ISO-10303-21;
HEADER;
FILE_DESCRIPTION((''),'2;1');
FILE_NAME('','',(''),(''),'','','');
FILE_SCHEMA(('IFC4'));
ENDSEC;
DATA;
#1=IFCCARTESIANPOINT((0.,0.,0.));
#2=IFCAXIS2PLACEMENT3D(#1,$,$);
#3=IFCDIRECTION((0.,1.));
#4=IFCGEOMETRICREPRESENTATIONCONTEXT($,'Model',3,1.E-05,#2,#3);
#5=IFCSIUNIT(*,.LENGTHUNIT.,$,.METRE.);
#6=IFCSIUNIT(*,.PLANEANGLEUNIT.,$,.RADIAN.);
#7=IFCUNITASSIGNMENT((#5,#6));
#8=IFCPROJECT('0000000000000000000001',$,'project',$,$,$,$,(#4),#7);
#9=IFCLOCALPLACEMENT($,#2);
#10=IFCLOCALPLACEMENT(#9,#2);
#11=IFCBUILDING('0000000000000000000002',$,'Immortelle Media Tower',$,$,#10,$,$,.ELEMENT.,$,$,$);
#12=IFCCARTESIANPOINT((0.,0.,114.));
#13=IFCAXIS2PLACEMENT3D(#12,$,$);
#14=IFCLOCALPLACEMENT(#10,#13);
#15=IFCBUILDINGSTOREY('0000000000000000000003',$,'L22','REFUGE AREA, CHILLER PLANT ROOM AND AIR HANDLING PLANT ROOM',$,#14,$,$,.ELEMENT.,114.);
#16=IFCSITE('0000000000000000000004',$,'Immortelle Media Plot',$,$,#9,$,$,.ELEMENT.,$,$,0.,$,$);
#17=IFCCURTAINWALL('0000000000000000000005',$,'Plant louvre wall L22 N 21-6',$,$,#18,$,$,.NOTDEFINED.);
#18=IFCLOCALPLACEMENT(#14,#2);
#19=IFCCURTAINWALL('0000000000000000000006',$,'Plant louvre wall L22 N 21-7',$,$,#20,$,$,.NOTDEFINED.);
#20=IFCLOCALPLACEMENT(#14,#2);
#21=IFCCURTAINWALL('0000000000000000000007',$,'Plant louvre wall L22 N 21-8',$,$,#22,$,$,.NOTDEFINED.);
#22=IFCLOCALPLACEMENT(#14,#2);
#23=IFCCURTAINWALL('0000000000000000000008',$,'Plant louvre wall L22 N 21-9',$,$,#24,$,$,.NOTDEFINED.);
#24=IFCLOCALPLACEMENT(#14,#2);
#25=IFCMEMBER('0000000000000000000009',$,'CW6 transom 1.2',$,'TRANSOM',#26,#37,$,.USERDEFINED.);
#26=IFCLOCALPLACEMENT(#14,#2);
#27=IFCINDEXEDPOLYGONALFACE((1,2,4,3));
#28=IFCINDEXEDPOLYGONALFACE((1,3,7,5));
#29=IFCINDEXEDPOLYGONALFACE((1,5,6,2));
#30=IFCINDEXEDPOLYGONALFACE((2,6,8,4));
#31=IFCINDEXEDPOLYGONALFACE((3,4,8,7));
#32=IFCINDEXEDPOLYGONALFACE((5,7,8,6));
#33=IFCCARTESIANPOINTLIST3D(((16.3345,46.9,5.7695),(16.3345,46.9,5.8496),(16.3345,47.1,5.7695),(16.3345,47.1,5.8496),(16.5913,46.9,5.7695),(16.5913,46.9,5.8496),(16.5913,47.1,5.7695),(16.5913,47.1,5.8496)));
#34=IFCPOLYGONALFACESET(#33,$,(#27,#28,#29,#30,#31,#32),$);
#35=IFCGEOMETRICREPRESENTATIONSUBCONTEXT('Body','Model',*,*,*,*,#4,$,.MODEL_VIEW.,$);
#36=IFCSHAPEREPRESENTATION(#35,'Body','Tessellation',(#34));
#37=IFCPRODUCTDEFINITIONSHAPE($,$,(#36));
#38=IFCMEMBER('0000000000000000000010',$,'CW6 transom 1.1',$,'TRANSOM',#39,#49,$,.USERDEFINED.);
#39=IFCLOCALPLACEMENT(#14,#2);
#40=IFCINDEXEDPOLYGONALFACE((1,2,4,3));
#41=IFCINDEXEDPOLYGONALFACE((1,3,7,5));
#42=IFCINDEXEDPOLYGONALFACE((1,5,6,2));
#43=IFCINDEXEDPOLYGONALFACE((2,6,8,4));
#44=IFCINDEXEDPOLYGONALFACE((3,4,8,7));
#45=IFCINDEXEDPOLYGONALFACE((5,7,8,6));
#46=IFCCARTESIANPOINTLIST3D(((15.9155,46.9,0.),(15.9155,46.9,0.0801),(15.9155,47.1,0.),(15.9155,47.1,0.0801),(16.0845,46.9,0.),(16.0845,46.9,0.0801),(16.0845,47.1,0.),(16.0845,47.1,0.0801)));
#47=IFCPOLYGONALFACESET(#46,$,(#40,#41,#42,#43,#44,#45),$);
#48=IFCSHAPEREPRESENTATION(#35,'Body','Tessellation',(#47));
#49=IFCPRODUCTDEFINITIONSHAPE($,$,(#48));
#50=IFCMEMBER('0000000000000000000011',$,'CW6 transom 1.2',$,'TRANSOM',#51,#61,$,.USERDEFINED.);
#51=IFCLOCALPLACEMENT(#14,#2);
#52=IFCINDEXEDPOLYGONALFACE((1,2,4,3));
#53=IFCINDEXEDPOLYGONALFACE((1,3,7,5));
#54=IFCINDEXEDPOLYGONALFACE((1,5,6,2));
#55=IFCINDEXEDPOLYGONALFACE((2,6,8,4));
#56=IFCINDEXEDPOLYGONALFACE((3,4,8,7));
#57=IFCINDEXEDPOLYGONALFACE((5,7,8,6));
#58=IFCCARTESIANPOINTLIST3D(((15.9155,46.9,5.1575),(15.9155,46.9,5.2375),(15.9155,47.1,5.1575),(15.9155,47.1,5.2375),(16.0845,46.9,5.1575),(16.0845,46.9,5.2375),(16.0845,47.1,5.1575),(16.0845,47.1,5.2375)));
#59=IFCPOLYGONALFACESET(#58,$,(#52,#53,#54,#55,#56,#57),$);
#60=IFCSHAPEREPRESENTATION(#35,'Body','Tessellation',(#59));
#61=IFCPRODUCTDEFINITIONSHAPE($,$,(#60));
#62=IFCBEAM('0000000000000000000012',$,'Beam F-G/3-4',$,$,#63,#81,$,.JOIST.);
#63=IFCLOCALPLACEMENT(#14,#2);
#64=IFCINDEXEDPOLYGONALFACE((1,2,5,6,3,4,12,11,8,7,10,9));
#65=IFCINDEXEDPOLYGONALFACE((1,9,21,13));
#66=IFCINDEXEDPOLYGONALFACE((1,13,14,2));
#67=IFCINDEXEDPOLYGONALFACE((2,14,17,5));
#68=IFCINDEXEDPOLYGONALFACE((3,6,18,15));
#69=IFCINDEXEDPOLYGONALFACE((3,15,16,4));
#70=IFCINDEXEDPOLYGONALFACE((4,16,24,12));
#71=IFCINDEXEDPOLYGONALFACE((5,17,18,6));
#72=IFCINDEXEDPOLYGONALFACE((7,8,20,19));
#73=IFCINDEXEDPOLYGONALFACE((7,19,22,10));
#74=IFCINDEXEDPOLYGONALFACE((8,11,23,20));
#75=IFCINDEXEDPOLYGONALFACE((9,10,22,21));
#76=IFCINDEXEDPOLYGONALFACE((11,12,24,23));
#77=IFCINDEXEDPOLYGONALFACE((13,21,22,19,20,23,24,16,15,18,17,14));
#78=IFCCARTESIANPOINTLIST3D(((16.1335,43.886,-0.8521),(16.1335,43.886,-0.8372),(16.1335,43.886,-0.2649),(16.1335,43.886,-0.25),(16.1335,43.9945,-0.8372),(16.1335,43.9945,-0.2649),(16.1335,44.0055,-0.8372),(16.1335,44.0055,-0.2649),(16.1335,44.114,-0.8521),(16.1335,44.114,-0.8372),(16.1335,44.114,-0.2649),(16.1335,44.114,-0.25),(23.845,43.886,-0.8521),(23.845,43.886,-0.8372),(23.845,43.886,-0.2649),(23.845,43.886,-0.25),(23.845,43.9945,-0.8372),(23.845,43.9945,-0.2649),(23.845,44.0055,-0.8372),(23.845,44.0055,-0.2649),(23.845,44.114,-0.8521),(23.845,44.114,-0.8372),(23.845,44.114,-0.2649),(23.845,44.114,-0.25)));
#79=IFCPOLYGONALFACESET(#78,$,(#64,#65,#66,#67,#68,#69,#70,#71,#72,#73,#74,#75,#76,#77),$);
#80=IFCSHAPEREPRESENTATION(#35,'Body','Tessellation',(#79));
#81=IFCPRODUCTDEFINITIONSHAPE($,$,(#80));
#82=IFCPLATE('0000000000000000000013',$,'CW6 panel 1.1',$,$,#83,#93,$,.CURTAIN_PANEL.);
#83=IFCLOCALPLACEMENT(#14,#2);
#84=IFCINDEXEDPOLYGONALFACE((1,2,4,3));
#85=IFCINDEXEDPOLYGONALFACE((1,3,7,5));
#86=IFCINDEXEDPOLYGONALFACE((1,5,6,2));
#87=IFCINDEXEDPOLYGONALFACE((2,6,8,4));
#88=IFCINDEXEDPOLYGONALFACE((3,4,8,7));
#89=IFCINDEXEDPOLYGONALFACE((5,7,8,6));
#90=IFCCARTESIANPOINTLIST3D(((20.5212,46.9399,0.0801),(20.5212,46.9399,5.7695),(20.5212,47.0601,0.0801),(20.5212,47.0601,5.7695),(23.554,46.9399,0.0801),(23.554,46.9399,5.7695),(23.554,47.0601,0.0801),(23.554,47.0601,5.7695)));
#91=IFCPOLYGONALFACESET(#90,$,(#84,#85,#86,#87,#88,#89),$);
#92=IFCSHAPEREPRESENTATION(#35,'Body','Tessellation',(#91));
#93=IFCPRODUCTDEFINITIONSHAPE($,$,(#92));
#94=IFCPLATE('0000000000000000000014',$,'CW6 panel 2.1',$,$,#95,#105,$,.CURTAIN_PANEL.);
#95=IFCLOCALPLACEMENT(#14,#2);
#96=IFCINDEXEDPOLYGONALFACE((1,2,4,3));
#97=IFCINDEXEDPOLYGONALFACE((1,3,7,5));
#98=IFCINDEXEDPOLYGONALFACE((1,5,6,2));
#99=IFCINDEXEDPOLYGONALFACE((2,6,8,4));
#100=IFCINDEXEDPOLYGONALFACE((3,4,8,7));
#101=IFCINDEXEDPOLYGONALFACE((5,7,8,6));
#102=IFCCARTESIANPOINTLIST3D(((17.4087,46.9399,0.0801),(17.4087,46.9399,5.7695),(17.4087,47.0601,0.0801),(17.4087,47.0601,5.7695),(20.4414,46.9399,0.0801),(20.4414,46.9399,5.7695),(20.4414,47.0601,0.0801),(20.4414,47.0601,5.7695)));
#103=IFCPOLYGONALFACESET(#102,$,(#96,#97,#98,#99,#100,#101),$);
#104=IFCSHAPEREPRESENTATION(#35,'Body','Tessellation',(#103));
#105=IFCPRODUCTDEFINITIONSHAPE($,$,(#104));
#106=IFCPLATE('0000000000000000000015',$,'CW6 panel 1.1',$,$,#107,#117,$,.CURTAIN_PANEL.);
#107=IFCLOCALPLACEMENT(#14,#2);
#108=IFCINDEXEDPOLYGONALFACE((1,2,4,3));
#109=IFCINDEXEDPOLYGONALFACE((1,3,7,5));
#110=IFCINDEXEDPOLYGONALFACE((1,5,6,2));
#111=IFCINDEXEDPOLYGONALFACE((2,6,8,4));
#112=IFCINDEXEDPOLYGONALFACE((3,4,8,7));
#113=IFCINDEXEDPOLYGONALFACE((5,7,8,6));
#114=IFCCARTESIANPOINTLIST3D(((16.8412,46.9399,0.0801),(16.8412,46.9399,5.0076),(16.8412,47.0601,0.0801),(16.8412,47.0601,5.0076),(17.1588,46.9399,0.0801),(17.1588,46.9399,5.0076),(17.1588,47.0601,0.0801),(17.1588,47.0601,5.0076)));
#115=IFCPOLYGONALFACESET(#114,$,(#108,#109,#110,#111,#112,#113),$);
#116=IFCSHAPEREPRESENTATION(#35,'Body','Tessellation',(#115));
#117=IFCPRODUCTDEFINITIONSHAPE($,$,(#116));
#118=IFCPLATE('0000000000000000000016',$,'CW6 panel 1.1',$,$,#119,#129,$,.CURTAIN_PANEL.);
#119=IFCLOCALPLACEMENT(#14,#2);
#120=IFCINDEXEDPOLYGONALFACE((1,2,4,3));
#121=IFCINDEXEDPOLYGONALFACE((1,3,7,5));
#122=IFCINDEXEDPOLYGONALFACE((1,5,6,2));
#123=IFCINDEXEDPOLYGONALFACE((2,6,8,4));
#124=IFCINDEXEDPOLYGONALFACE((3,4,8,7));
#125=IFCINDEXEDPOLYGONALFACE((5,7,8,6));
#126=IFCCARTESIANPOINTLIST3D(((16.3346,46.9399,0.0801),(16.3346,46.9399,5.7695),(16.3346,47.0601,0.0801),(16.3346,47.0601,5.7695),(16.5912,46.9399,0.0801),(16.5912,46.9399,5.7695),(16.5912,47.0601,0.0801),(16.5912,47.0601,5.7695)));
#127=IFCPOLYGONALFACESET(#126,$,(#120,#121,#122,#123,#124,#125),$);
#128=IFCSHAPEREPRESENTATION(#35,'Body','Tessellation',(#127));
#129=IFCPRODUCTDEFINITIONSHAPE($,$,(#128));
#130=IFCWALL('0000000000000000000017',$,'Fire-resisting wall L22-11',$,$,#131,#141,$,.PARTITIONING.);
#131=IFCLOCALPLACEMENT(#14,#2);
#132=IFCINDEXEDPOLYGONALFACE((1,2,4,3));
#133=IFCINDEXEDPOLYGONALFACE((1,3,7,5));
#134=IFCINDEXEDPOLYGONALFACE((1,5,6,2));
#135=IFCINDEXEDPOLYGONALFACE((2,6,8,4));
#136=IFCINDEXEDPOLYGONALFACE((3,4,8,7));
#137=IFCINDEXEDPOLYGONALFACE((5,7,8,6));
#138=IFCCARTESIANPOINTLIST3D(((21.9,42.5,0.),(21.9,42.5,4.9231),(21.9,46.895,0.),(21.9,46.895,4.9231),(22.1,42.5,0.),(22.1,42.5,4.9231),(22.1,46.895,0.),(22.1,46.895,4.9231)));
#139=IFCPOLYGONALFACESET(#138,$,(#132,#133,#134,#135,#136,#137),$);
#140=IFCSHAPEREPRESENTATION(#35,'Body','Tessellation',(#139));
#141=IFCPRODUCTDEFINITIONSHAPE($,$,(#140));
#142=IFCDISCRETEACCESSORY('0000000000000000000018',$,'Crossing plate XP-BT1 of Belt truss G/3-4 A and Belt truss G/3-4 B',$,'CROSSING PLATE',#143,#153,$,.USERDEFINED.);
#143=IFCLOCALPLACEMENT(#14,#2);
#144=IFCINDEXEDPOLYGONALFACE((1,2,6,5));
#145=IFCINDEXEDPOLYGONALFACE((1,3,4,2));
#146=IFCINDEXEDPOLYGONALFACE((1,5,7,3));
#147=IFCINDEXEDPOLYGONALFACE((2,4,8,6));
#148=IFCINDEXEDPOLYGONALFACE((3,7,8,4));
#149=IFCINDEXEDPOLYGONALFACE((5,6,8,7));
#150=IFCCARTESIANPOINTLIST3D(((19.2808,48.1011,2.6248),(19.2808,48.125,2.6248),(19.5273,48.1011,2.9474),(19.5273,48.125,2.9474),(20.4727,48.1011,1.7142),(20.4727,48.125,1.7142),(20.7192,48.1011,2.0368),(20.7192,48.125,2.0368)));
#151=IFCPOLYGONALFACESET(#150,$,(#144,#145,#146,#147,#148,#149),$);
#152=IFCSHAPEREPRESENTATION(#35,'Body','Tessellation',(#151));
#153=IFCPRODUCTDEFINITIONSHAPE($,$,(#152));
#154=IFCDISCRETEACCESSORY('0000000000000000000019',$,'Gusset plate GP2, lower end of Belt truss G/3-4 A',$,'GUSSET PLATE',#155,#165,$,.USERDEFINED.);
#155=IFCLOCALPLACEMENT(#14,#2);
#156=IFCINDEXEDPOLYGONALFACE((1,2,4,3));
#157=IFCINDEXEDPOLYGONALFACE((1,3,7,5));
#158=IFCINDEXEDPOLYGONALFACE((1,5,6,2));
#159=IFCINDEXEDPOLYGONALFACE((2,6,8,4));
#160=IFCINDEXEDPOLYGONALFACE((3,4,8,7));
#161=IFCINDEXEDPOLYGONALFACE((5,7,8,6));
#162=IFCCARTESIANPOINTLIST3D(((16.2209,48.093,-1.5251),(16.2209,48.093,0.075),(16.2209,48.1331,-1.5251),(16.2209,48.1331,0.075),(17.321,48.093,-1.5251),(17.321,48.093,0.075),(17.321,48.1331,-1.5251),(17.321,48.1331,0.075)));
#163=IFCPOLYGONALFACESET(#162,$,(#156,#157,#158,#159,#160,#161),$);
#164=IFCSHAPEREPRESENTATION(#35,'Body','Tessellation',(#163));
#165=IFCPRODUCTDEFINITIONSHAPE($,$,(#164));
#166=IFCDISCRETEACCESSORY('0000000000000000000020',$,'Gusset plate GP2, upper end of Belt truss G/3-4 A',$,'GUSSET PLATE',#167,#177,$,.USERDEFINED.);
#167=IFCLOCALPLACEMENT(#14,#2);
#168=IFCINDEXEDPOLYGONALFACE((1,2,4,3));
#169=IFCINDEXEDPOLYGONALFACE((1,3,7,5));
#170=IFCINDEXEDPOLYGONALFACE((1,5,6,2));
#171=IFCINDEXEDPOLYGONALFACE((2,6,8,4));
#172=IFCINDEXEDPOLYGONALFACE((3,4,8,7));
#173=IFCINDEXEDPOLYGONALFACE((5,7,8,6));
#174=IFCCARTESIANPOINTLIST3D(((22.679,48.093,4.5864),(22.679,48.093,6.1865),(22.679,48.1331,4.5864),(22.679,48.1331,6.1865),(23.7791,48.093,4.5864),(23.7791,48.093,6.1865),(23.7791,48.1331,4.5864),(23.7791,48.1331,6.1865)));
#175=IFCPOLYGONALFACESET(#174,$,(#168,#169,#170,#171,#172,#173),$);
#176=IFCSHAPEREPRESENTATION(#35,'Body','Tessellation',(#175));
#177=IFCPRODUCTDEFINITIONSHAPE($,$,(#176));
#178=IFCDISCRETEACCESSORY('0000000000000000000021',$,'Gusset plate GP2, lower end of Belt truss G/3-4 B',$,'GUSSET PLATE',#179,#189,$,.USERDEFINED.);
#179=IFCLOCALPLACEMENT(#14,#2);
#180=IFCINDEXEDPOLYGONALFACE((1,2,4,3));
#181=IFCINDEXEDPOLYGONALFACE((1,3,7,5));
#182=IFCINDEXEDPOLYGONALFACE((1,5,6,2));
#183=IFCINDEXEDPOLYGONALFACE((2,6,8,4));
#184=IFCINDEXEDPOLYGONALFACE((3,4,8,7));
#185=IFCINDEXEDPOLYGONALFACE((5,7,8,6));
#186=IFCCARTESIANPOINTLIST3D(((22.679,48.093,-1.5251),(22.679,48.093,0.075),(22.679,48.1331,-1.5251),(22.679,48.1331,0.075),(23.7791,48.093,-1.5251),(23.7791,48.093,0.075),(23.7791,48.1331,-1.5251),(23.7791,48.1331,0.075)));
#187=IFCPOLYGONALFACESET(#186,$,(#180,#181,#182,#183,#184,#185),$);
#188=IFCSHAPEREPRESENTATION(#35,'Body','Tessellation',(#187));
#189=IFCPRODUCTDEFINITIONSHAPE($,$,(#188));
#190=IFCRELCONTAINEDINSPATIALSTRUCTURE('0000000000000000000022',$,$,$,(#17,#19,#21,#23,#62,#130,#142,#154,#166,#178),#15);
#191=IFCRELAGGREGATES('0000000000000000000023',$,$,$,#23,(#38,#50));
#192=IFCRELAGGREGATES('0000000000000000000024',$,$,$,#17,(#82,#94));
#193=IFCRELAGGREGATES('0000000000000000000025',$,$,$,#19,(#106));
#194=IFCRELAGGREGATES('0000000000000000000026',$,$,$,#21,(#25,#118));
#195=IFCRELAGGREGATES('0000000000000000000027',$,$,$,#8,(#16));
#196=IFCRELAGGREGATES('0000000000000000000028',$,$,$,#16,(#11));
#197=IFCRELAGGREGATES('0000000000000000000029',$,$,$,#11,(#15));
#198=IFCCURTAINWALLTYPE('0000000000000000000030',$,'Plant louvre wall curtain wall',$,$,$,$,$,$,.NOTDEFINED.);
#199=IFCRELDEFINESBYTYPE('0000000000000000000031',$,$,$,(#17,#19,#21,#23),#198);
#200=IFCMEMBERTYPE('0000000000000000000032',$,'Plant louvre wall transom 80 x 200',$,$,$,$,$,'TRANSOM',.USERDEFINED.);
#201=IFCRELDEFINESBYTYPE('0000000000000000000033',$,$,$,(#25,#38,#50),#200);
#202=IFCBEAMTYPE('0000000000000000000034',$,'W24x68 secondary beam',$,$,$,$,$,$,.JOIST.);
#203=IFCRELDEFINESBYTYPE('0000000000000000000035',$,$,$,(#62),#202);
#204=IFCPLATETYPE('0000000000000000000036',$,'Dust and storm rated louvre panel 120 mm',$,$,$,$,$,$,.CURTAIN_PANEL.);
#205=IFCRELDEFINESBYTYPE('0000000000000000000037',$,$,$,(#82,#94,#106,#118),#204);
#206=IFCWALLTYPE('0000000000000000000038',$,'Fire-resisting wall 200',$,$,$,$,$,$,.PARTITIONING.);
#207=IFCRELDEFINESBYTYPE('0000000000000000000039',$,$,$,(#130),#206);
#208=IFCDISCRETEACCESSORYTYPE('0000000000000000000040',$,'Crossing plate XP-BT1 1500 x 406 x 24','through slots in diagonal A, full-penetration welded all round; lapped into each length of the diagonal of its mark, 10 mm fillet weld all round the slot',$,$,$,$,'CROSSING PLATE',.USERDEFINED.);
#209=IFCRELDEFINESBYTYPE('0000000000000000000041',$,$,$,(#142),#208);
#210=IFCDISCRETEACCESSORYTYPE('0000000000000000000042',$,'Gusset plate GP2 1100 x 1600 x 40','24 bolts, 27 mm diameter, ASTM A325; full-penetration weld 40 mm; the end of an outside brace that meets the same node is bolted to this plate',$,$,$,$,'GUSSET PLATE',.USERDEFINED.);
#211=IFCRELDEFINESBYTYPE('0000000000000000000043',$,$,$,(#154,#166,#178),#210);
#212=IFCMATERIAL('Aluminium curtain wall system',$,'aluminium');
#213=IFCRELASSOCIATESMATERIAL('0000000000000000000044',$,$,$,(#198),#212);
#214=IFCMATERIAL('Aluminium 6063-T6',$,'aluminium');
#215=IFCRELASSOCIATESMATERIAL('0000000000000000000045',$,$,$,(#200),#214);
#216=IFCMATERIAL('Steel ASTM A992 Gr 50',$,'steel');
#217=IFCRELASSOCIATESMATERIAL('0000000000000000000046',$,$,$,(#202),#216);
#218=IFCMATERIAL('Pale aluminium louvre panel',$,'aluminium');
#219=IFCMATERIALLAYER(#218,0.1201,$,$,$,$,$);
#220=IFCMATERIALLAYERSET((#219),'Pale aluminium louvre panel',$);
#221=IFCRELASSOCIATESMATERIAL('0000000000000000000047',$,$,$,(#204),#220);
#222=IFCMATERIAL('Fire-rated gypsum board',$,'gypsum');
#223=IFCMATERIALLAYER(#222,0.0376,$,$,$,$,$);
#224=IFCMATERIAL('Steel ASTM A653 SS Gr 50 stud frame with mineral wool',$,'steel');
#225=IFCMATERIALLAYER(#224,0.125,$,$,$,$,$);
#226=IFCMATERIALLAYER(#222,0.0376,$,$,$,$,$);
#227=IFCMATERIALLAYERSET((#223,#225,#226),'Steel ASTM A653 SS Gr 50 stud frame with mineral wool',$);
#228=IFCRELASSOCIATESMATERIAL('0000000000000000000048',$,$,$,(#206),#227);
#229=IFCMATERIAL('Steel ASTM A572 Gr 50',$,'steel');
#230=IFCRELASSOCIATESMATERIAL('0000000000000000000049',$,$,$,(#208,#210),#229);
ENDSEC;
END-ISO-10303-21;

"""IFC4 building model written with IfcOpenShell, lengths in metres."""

from ifc_helpers import new_model, si_unit, direction, frame, frame_2d, origin, origin_2d, place, context, subcontext, project, spatial, rectangle, i_section, extrude, material, layer, layer_set, material_profile, profile_set, type_object, element, aggregate, save


model = new_model("IFC4")

# Units and contexts
model_context = context("Model", 3, precision=1e-05, world=origin(), true_north=direction((0.0, 1.0)))
body_context = subcontext(model_context, "Body", "Model", "MODEL_VIEW")
ifc_project = project(units=[si_unit("LENGTHUNIT", "METRE"), si_unit("PLANEANGLEUNIT", "RADIAN")], contexts=[model_context])

# Site, building, storey
site_placement = place(None, origin())
site = spatial("IfcSite", under=ifc_project, at=site_placement, Name="Immortelle Media Plot", CompositionType="ELEMENT", RefElevation=0.0)
building_placement = place(site_placement, origin())
building = spatial("IfcBuilding", under=site, at=building_placement, Name="Immortelle Media Tower", CompositionType="ELEMENT")
storey_placement = place(building_placement, frame((0.0, 0.0, 114.0)))
storey = spatial("IfcBuildingStorey", under=building, at=storey_placement, Name="L22", Description="REFUGE AREA, CHILLER PLANT ROOM AND AIR HANDLING PLANT ROOM", CompositionType="ELEMENT", Elevation=114.0)

# Curtain walls
ifc_material_1 = material(Name="Aluminium curtain wall system", Category="aluminium")
curtain_wall_type = type_object("IfcCurtainWallType", Name="Plant louvre wall curtain wall", PredefinedType="NOTDEFINED", material=ifc_material_1)
curtain_wall_1_placement = place(storey_placement, origin())
curtain_wall_1 = element("IfcCurtainWall", 1, at=curtain_wall_1_placement, inside=storey, type_object=curtain_wall_type, Name="Plant louvre wall L22 N 21-6", PredefinedType="NOTDEFINED")
ifc_material_2 = material(Name="Aluminium 6063-T6", Category="aluminium")
curtain_wall_2_placement = place(storey_placement, origin())
curtain_wall_2 = element("IfcCurtainWall", 2, at=curtain_wall_2_placement, inside=storey, type_object=curtain_wall_type, Name="Plant louvre wall L22 N 21-7", PredefinedType="NOTDEFINED")
curtain_wall_3_placement = place(storey_placement, origin())
curtain_wall_3 = element("IfcCurtainWall", 3, at=curtain_wall_3_placement, inside=storey, type_object=curtain_wall_type, Name="Plant louvre wall L22 N 21-8", PredefinedType="NOTDEFINED")

# Curtain wall
curtain_wall_4_placement = place(storey_placement, origin())
curtain_wall_4 = element("IfcCurtainWall", 4, at=curtain_wall_4_placement, inside=storey, type_object=curtain_wall_type, Name="Plant louvre wall L22 N 21-9", PredefinedType="NOTDEFINED")

# Members
ifc_material_profile_1 = material_profile(ifc_material_2, rectangle(XDim=0.2, YDim=0.0801, at=origin_2d()), Name="AL 80x200")
ifc_profile_set_1 = profile_set([ifc_material_profile_1], Name="Aluminium 6063-T6")
member_type_1 = type_object("IfcMemberType", Name="Plant louvre wall transom 80 x 200", ElementType="TRANSOM", PredefinedType="USERDEFINED", material=ifc_profile_set_1)
member_1_placement = place(storey_placement, frame((16.5913, 47.0, 5.8096), z_axis=(-1.0, 0.0, 0.0), x_axis=(0.0, -1.0, 0.0)))
member_1 = element("IfcMember", 5, at=member_1_placement, type_object=member_type_1, Name="CW6 transom 1.2", ObjectType="TRANSOM", PredefinedType="USERDEFINED", context=body_context, shape_type="SweptSolid", body=[
    extrude(rectangle(XDim=0.2, YDim=0.0801, at=origin_2d()), origin(), (0.0, 0.0, 1.0), 0.2568),
])
member_2_placement = place(storey_placement, frame((16.0845, 47.0, 0.04), z_axis=(-1.0, 0.0, 0.0), x_axis=(0.0, -1.0, 0.0)))
member_2 = element("IfcMember", 6, at=member_2_placement, type_object=member_type_1, Name="CW6 transom 1.1", ObjectType="TRANSOM", PredefinedType="USERDEFINED", context=body_context, shape_type="SweptSolid", body=[
    extrude(rectangle(XDim=0.2, YDim=0.0801, at=origin_2d()), origin(), (0.0, 0.0, 1.0), 0.1689),
])
member_3_placement = place(storey_placement, frame((16.0845, 47.0, 5.1975), z_axis=(-1.0, 0.0, 0.0), x_axis=(0.0, -1.0, 0.0)))
member_3 = element("IfcMember", 7, at=member_3_placement, type_object=member_type_1, Name="CW6 transom 1.2", ObjectType="TRANSOM", PredefinedType="USERDEFINED", context=body_context, shape_type="SweptSolid", body=[
    extrude(rectangle(XDim=0.2, YDim=0.0801, at=origin_2d()), origin(), (0.0, 0.0, 1.0), 0.1689),
])
aggregate(curtain_wall_4, [member_2, member_3])

# Beam
ifc_material_3 = material(Name="Steel ASTM A992 Gr 50", Category="steel")
ifc_material_profile_2 = material_profile(ifc_material_3, i_section(OverallWidth=0.228, OverallDepth=0.6021, WebThickness=0.011, FlangeThickness=0.0149, at=origin_2d()), Name="W24x68")
ifc_profile_set_2 = profile_set([ifc_material_profile_2], Name="Steel ASTM A992 Gr 50")
beam_type = type_object("IfcBeamType", Name="W24x68 secondary beam", PredefinedType="JOIST", material=ifc_profile_set_2)
beam_placement = place(storey_placement, frame((16.1335, 44.0, -0.551), z_axis=(1.0, 0.0, 0.0), x_axis=(0.0, 1.0, 0.0)))
element("IfcBeam", 8, at=beam_placement, inside=storey, type_object=beam_type, Name="Beam F-G/3-4", PredefinedType="JOIST", context=body_context, shape_type="SweptSolid", body=[
    extrude(i_section(OverallWidth=0.228, OverallDepth=0.6021, WebThickness=0.011, FlangeThickness=0.0149, at=origin_2d()), origin(), (0.0, 0.0, 1.0), 7.7114),
])

# Plates
ifc_material_4 = material(Name="Pale aluminium louvre panel", Category="aluminium")
ifc_layer_1 = layer(ifc_material_4, 0.1201)
ifc_layer_set_1 = layer_set([ifc_layer_1], Name="Pale aluminium louvre panel")
plate_type = type_object("IfcPlateType", Name="Dust and storm rated louvre panel 120 mm", PredefinedType="CURTAIN_PANEL", material=ifc_layer_set_1)
plate_1_placement = place(storey_placement, frame((22.0376, 47.0, 0.0801), z_axis=(0.0, 0.0, 1.0), x_axis=(-1.0, 0.0, 0.0)))
plate_1 = element("IfcPlate", 9, at=plate_1_placement, type_object=plate_type, Name="CW6 panel 1.1", PredefinedType="CURTAIN_PANEL", context=body_context, shape_type="SweptSolid", body=[
    extrude(rectangle(XDim=3.0327, YDim=0.1201, at=origin_2d()), origin(), (0.0, 0.0, 1.0), 5.6895),
])
plate_2_placement = place(storey_placement, frame((18.925, 47.0, 0.0801), z_axis=(0.0, 0.0, 1.0), x_axis=(-1.0, 0.0, 0.0)))
plate_2 = element("IfcPlate", 10, at=plate_2_placement, type_object=plate_type, Name="CW6 panel 2.1", PredefinedType="CURTAIN_PANEL", context=body_context, shape_type="SweptSolid", body=[
    extrude(rectangle(XDim=3.0327, YDim=0.1201, at=origin_2d()), origin(), (0.0, 0.0, 1.0), 5.6895),
])
aggregate(curtain_wall_1, [plate_1, plate_2])
plate_3_placement = place(storey_placement, frame((17.0, 47.0, 0.0801), z_axis=(0.0, 0.0, 1.0), x_axis=(-1.0, 0.0, 0.0)))
plate_3 = element("IfcPlate", 11, at=plate_3_placement, type_object=plate_type, Name="CW6 panel 1.1", PredefinedType="CURTAIN_PANEL", context=body_context, shape_type="SweptSolid", body=[
    extrude(rectangle(XDim=0.3176, YDim=0.1201, at=origin_2d()), origin(), (0.0, 0.0, 1.0), 4.9275),
])
aggregate(curtain_wall_2, [plate_3])
plate_4_placement = place(storey_placement, frame((16.4629, 47.0, 0.0801), z_axis=(0.0, 0.0, 1.0), x_axis=(-1.0, 0.0, 0.0)))
plate_4 = element("IfcPlate", 12, at=plate_4_placement, type_object=plate_type, Name="CW6 panel 1.1", PredefinedType="CURTAIN_PANEL", context=body_context, shape_type="SweptSolid", body=[
    extrude(rectangle(XDim=0.2566, YDim=0.1201, at=origin_2d()), origin(), (0.0, 0.0, 1.0), 5.6895),
])
aggregate(curtain_wall_3, [member_1, plate_4])

# Wall
ifc_material_5 = material(Name="Fire-rated gypsum board", Category="gypsum")
ifc_layer_2 = layer(ifc_material_5, 0.0376)
ifc_material_6 = material(Name="Steel ASTM A653 SS Gr 50 stud frame with mineral wool", Category="steel")
ifc_layer_3 = layer(ifc_material_6, 0.125)
ifc_layer_4 = layer(ifc_material_5, 0.0376)
ifc_layer_set_2 = layer_set([ifc_layer_2, ifc_layer_3, ifc_layer_4], Name="Steel ASTM A653 SS Gr 50 stud frame with mineral wool")
wall_type = type_object("IfcWallType", Name="Fire-resisting wall 200", PredefinedType="PARTITIONING", material=ifc_layer_set_2)
wall_placement = place(storey_placement, frame((22.0, 42.5, 0.0), z_axis=(0.0, 0.0, 1.0), x_axis=(0.0, 1.0, 0.0)))
element("IfcWall", 13, at=wall_placement, inside=storey, type_object=wall_type, Name="Fire-resisting wall L22-11", PredefinedType="PARTITIONING", context=body_context, shape_type="SweptSolid", body=[
    extrude(rectangle(XDim=4.395, YDim=0.2, at=frame_2d((2.1975, 0.0))), origin(), (0.0, 0.0, 1.0), 4.9231),
])

# Discrete accessories
ifc_material_7 = material(Name="Steel ASTM A572 Gr 50", Category="steel")
ifc_material_profile_3 = material_profile(ifc_material_7, rectangle(XDim=0.0239, YDim=0.406, at=origin_2d()), Name="PL 24 x 406")
ifc_profile_set_3 = profile_set([ifc_material_profile_3], Name="Steel ASTM A572 Gr 50")
discrete_accessory_type_1 = type_object("IfcDiscreteAccessoryType", Name="Crossing plate XP-BT1 1500 x 406 x 24", Description="through slots in diagonal A, full-penetration welded all round; lapped into each length of the diagonal of its mark, 10 mm fillet weld all round the slot", ElementType="CROSSING PLATE", PredefinedType="USERDEFINED", material=ifc_profile_set_3)
discrete_accessory_placement = place(storey_placement, frame((19.4041, 48.113, 2.7861), z_axis=(0.794616, 0.0, -0.607112), x_axis=(0.0, 1.0, 0.0)))
element("IfcDiscreteAccessory", 14, at=discrete_accessory_placement, inside=storey, type_object=discrete_accessory_type_1, Name="Crossing plate XP-BT1 of Belt truss G/3-4 A and Belt truss G/3-4 B", ObjectType="CROSSING PLATE", PredefinedType="USERDEFINED", context=body_context, shape_type="SweptSolid", body=[
    extrude(rectangle(XDim=0.0239, YDim=0.406, at=origin_2d()), origin(), (0.0, 0.0, 1.0), 1.5),
])
ifc_material_profile_4 = material_profile(ifc_material_7, rectangle(XDim=0.04, YDim=1.6001, at=origin_2d()), Name="PL 40 x 1600")
ifc_profile_set_4 = profile_set([ifc_material_profile_4], Name="Steel ASTM A572 Gr 50")
discrete_accessory_type_2 = type_object("IfcDiscreteAccessoryType", Name="Gusset plate GP2 1100 x 1600 x 40", Description="24 bolts, 27 mm diameter, ASTM A325; full-penetration weld 40 mm; the end of an outside brace that meets the same node is bolted to this plate", ElementType="GUSSET PLATE", PredefinedType="USERDEFINED", material=ifc_profile_set_4)
for number, where, z_axis, x_axis, name in (
    (15, (16.2209, 48.113, -0.7251), (1.0, 0.0, 0.0), (0.0, 1.0, 0.0), "Gusset plate GP2, lower end of Belt truss G/3-4 A"),
    (16, (23.7791, 48.113, 5.3865), (-1.0, 0.0, 0.0), (0.0, -1.0, 0.0), "Gusset plate GP2, upper end of Belt truss G/3-4 A"),
    (17, (23.7791, 48.113, -0.7251), (-1.0, 0.0, 0.0), (0.0, -1.0, 0.0), "Gusset plate GP2, lower end of Belt truss G/3-4 B"),
):
    element("IfcDiscreteAccessory", number, at=place(storey_placement, frame(where, z_axis=z_axis, x_axis=x_axis)), inside=storey, type_object=discrete_accessory_type_2, Name=name, ObjectType="GUSSET PLATE", PredefinedType="USERDEFINED", context=body_context, shape_type="SweptSolid", body=[
        extrude(rectangle(XDim=0.04, YDim=1.6001, at=origin_2d()), origin(), (0.0, 0.0, 1.0), 1.1001),
    ])

save(model, "model.ifc")
